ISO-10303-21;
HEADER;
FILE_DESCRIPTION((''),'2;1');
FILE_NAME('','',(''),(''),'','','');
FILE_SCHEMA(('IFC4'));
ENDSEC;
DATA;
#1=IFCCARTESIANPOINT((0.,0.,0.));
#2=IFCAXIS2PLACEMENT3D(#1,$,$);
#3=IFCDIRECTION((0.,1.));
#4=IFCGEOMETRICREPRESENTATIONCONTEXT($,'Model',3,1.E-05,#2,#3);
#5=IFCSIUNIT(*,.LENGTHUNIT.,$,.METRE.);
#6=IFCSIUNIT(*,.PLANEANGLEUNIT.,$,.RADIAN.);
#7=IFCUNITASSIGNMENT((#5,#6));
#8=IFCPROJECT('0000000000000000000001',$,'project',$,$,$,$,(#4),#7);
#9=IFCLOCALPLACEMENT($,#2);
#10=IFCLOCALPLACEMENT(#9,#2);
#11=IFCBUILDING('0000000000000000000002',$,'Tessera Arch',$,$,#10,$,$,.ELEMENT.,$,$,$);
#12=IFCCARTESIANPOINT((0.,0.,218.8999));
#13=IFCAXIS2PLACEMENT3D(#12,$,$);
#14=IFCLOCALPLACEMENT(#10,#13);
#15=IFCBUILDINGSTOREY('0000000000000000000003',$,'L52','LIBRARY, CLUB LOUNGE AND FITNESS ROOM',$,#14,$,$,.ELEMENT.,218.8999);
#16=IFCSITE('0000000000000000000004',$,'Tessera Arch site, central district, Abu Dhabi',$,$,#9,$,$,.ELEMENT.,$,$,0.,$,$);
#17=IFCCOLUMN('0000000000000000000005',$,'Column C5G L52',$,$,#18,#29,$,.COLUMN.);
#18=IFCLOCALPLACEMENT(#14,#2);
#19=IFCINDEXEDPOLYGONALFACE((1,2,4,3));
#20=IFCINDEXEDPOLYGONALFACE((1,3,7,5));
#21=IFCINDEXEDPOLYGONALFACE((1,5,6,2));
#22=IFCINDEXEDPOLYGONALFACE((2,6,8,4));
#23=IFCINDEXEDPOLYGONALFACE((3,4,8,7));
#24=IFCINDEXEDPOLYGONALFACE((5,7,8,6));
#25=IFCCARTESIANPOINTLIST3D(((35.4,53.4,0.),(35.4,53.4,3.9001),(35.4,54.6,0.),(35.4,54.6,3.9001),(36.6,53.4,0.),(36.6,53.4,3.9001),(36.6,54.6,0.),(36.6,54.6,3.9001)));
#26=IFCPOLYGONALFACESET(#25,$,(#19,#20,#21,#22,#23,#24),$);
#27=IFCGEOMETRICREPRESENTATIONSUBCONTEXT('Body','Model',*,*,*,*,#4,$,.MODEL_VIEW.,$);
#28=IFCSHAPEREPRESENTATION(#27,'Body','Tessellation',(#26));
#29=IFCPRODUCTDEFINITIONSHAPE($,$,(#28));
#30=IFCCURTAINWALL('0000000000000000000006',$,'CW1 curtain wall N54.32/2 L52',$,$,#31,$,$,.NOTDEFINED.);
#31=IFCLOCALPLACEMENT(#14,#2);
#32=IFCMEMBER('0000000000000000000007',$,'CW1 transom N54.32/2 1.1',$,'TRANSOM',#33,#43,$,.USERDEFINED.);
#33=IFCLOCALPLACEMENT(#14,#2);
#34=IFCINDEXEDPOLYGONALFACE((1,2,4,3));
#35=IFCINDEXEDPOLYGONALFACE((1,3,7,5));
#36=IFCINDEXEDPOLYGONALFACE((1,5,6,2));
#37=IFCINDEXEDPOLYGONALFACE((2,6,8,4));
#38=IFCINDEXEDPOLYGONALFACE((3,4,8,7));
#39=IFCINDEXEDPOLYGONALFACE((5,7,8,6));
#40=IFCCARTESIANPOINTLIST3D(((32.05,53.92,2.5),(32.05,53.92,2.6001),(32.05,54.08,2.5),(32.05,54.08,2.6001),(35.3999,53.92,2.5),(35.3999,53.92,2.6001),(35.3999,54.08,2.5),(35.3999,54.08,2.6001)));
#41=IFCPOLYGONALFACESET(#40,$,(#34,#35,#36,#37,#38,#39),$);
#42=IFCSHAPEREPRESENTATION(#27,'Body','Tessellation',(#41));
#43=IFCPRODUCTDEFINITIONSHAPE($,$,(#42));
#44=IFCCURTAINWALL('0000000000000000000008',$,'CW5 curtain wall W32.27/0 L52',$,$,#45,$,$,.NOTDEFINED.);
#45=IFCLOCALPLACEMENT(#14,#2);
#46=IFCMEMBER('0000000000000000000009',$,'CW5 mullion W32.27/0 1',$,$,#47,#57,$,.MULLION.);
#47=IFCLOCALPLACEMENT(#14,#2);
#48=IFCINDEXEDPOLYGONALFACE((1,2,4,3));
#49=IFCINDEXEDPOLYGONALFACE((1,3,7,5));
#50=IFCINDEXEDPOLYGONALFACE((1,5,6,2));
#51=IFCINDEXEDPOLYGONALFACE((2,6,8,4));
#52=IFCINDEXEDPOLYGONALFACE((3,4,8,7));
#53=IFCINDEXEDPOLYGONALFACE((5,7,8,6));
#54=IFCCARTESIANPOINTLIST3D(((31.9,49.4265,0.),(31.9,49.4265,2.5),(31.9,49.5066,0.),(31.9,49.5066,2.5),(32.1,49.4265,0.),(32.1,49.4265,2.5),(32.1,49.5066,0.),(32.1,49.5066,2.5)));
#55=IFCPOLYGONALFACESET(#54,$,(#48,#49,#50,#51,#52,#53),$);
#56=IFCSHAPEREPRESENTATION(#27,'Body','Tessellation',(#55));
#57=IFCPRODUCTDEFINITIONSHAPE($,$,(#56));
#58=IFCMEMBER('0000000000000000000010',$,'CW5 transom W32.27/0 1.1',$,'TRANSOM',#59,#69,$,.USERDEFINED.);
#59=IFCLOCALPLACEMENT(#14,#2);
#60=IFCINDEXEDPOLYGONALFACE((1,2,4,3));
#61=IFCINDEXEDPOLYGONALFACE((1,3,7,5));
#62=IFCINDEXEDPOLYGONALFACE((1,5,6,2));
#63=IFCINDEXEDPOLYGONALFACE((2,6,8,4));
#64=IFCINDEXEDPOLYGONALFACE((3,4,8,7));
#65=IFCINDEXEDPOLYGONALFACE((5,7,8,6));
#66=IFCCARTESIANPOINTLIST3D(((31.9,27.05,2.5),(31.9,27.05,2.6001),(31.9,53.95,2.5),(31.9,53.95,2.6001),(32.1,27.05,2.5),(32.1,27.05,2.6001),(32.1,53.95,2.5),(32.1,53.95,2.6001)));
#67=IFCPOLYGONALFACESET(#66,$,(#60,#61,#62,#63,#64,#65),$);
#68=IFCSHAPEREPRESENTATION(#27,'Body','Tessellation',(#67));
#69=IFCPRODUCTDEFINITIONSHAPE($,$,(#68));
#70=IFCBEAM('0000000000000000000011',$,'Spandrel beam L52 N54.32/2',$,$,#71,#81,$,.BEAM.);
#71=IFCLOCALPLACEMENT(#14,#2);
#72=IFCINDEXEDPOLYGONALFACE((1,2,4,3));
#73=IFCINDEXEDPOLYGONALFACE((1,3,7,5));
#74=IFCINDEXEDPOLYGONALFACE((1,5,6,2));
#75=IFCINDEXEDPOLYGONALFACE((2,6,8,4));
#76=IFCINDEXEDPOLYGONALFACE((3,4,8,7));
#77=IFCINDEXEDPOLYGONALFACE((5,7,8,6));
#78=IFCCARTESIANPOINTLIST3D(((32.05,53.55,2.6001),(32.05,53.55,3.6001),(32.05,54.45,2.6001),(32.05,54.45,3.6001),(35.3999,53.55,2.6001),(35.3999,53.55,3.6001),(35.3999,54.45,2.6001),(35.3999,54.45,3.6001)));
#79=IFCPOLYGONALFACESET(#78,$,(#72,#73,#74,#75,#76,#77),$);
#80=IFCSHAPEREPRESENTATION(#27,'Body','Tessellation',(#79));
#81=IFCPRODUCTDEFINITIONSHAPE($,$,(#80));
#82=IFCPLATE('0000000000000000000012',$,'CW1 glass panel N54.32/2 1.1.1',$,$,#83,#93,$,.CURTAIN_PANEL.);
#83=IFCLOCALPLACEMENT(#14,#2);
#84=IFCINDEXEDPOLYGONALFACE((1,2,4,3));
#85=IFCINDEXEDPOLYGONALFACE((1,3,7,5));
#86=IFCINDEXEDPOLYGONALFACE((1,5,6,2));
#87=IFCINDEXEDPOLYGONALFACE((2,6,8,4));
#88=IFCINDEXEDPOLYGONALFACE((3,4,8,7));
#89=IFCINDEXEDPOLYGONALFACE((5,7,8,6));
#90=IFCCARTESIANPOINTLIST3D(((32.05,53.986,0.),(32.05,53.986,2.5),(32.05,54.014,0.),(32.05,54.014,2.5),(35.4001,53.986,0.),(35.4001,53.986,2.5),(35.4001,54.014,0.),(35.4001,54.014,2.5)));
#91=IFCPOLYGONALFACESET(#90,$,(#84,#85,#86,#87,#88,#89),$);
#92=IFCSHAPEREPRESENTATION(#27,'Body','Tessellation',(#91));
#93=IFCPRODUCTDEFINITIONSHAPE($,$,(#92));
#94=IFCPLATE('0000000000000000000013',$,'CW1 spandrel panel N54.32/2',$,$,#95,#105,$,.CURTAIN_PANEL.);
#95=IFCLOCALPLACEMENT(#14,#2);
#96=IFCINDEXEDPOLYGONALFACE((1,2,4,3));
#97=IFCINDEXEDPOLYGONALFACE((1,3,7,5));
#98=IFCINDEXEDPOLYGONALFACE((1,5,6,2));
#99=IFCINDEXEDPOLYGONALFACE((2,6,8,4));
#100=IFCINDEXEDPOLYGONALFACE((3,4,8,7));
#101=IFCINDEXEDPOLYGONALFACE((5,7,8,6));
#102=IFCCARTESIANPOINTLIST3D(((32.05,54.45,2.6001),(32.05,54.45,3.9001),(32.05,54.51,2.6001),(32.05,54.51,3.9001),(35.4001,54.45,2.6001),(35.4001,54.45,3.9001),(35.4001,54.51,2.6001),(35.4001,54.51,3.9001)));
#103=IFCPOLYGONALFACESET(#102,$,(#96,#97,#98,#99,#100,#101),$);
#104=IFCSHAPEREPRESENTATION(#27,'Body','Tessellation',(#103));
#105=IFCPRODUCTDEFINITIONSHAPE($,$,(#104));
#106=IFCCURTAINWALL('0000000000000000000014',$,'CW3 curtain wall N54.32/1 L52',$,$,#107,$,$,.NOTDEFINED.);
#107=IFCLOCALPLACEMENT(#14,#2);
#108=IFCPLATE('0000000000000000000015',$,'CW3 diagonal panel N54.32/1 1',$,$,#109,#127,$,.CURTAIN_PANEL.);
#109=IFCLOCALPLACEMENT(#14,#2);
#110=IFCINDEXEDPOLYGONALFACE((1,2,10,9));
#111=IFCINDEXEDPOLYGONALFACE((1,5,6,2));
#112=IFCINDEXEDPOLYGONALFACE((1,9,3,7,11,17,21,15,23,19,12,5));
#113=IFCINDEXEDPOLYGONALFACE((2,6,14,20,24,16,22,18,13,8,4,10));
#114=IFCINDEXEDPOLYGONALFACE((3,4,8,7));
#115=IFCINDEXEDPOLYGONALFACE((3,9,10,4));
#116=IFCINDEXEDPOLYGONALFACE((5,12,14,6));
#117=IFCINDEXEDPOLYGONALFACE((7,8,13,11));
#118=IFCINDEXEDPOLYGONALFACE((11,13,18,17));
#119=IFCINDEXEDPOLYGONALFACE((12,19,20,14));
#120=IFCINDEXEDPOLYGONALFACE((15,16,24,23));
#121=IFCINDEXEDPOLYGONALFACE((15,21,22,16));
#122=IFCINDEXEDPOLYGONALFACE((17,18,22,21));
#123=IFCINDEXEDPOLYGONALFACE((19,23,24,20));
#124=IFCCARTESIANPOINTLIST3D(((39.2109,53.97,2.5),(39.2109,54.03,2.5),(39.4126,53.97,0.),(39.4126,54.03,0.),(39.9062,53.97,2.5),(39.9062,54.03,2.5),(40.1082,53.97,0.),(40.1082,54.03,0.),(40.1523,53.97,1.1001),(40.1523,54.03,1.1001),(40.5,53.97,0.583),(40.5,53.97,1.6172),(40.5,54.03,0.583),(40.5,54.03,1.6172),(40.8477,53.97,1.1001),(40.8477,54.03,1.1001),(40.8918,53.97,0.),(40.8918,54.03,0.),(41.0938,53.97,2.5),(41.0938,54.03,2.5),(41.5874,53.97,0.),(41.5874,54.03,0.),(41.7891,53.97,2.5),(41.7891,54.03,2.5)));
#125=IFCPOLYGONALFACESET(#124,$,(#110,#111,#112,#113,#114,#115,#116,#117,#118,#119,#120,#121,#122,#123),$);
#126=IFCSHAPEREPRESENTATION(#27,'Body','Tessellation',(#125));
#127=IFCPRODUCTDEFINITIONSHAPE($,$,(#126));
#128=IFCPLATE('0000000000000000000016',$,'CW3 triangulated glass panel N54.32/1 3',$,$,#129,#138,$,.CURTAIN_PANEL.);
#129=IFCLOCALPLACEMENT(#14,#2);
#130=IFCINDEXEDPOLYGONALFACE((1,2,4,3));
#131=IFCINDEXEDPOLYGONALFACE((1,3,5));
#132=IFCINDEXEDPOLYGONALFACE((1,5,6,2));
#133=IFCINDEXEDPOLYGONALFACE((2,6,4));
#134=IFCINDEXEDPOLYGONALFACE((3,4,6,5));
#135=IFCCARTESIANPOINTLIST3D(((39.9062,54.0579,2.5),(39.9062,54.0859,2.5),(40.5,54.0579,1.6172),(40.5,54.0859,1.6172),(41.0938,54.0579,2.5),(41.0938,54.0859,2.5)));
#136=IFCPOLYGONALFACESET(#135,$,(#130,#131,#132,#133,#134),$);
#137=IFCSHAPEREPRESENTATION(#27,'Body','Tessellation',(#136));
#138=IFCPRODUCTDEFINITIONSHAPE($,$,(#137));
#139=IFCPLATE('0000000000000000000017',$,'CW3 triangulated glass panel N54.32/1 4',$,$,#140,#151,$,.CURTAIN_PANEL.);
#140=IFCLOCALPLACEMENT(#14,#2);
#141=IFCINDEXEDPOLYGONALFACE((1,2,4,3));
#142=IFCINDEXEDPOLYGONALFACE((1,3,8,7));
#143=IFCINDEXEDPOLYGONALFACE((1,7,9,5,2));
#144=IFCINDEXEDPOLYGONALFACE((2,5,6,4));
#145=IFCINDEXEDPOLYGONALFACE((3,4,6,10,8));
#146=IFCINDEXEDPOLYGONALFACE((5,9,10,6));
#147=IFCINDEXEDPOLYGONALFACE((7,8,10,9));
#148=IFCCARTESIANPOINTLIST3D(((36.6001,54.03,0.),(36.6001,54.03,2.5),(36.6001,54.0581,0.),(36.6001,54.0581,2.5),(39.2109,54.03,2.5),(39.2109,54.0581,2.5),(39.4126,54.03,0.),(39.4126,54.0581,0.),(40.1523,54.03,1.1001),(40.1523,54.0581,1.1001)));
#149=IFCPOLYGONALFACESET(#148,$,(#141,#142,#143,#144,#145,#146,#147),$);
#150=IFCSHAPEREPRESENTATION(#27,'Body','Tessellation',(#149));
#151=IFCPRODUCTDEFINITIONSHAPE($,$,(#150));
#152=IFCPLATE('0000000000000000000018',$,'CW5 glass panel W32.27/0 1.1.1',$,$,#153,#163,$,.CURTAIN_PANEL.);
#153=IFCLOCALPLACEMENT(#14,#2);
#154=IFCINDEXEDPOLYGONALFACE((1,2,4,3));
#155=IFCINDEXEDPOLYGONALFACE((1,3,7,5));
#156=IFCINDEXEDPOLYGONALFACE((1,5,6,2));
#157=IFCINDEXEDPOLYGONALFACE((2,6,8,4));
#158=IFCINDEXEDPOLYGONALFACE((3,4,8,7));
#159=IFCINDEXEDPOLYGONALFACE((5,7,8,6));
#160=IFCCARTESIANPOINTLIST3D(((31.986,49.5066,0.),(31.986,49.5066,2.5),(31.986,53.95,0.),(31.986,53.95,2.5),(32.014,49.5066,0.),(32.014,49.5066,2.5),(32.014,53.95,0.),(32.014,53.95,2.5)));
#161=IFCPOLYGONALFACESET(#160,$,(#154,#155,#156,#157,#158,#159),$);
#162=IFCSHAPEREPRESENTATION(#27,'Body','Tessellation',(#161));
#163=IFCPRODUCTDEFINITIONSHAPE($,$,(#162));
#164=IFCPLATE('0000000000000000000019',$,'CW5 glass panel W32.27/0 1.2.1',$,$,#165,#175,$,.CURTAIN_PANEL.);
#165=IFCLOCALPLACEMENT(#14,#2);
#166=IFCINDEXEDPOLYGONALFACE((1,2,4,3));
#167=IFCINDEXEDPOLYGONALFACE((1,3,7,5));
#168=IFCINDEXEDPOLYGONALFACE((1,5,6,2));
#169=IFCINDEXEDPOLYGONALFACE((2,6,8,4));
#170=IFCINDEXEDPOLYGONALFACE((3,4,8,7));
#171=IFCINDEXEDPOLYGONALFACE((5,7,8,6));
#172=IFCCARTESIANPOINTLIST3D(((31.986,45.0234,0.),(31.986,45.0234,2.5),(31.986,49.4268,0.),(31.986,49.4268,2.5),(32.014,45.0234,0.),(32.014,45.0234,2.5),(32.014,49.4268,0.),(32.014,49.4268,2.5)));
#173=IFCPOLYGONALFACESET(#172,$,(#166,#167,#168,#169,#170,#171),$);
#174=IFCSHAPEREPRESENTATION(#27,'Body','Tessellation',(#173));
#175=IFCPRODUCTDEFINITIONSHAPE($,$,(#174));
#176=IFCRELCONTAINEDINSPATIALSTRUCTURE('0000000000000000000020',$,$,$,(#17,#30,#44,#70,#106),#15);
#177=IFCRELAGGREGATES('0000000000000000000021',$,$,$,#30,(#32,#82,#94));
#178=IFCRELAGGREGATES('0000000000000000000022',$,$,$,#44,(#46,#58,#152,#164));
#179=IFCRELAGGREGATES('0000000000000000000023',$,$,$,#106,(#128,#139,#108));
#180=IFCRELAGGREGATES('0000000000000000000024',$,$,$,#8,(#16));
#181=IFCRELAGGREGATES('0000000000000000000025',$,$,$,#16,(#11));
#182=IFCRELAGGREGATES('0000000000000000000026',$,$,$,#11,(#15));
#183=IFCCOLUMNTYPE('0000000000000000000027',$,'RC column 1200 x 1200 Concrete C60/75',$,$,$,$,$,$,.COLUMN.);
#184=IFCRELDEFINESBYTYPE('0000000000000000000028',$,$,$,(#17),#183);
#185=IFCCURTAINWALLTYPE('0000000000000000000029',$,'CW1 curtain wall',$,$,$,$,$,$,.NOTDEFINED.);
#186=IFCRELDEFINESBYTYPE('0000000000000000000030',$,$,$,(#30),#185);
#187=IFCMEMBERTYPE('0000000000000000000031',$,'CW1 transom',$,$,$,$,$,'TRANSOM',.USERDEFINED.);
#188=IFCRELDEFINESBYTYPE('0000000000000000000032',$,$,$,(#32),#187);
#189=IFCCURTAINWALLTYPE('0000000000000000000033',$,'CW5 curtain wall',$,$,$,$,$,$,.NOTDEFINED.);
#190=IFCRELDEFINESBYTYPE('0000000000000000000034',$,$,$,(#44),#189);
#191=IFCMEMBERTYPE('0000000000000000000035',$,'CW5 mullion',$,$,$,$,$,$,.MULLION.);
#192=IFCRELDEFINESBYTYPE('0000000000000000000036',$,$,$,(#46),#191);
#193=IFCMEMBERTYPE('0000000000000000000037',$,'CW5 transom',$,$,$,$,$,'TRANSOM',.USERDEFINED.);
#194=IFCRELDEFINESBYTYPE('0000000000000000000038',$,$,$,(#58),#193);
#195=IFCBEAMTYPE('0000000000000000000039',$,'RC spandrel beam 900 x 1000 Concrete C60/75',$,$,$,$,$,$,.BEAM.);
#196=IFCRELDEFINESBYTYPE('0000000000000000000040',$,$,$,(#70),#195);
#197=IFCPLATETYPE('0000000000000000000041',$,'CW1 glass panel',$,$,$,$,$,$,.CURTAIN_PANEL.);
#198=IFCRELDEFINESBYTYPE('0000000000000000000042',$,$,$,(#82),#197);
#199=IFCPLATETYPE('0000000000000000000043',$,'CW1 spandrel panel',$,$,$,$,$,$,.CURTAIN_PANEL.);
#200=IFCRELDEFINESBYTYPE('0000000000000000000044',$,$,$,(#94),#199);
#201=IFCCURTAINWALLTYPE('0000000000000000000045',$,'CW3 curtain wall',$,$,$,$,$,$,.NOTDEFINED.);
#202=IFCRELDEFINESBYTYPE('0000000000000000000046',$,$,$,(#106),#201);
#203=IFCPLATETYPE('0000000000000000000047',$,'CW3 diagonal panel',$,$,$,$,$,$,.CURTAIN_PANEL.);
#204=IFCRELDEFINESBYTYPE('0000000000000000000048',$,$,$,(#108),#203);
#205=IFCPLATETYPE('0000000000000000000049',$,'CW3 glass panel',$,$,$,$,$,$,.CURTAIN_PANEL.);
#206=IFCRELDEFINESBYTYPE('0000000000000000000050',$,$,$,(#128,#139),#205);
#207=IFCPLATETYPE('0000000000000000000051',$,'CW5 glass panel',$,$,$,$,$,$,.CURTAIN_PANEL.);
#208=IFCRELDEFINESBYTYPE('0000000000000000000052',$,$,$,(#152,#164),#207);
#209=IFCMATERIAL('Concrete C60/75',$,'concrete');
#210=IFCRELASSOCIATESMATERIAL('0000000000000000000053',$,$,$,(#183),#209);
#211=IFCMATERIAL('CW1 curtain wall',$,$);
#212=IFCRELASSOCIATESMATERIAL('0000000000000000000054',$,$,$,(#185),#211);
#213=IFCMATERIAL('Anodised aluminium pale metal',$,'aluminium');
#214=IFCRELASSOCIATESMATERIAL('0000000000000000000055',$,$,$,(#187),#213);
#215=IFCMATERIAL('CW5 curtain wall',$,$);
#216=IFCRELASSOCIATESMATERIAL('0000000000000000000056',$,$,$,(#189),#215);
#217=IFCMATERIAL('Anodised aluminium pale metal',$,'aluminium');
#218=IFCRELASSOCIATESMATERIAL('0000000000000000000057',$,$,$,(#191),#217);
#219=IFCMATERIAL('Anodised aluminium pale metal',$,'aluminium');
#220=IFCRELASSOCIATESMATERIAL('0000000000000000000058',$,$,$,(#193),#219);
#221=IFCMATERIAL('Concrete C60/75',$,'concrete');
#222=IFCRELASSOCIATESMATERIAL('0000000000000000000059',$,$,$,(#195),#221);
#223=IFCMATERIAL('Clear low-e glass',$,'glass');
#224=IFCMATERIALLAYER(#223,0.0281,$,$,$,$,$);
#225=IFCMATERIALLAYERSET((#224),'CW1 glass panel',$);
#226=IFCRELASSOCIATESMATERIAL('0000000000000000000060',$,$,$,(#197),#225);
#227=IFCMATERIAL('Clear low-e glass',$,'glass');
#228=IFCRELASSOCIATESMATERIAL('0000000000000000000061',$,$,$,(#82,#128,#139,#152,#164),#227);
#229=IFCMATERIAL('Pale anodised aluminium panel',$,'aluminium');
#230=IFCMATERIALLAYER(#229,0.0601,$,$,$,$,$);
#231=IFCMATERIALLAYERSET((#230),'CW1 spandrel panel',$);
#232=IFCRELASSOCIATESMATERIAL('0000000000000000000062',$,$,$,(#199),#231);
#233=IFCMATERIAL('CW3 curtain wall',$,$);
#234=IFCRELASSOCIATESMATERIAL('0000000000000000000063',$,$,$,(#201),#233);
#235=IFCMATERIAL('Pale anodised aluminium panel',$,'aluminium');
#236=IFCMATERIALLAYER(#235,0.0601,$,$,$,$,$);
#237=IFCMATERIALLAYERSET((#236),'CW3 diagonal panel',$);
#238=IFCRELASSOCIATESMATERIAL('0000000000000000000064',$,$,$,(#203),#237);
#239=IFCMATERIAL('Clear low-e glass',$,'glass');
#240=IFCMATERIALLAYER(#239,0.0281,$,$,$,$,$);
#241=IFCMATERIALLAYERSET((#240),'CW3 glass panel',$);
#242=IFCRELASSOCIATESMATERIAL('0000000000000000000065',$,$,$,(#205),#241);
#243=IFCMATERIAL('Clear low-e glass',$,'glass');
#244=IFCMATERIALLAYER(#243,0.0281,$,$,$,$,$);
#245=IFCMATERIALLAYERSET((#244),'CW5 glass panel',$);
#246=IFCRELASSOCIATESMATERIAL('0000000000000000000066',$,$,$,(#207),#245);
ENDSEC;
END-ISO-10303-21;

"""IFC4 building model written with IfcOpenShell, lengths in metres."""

from ifc_helpers import new_model, si_unit, direction, frame, origin, origin_2d, place, context, subcontext, project, spatial, polyline, rectangle, outline, extrude, material, layer, layer_set, material_profile, profile_set, type_object, element, aggregate, save


model = new_model("IFC4")

# Units and contexts
model_context = context("Model", 3, precision=1e-05, world=origin(), true_north=direction((0.0, 1.0)))
body_context = subcontext(model_context, "Body", "Model", "MODEL_VIEW")
ifc_project = project(units=[si_unit("LENGTHUNIT", "METRE"), si_unit("PLANEANGLEUNIT", "RADIAN")], contexts=[model_context])

# Site, building, storey
site_placement = place(None, origin())
site = spatial("IfcSite", under=ifc_project, at=site_placement, Name="Tessera Arch site, central district, Abu Dhabi", CompositionType="ELEMENT", RefElevation=0.0)
building_placement = place(site_placement, origin())
building = spatial("IfcBuilding", under=site, at=building_placement, Name="Tessera Arch", CompositionType="ELEMENT")
storey_placement = place(building_placement, frame((0.0, 0.0, 218.8999)))
storey = spatial("IfcBuildingStorey", under=building, at=storey_placement, Name="L52", Description="LIBRARY, CLUB LOUNGE AND FITNESS ROOM", CompositionType="ELEMENT", Elevation=218.8999)

# Column
ifc_material_1 = material(Name="Concrete C60/75", Category="concrete")
ifc_material_profile_1 = material_profile(ifc_material_1, rectangle(XDim=1.2, YDim=1.2, at=origin_2d()), Name="RC column 1200 x 1200 Concrete C60/75")
ifc_profile_set_1 = profile_set([ifc_material_profile_1], Name="Concrete C60/75")
column_type = type_object("IfcColumnType", Name="RC column 1200 x 1200 Concrete C60/75", PredefinedType="COLUMN", material=ifc_profile_set_1)
column_placement = place(storey_placement, frame((36.0, 54.0, 0.0), z_axis=(0.0, 0.0, 1.0), x_axis=(1.0, 0.0, 0.0)))
element("IfcColumn", 1, at=column_placement, inside=storey, type_object=column_type, Name="Column C5G L52", PredefinedType="COLUMN", context=body_context, shape_type="SweptSolid", body=[
    extrude(rectangle(XDim=1.2, YDim=1.2, at=origin_2d()), origin(), (0.0, 0.0, 1.0), 3.9001),
])

# Curtain wall, member
ifc_material_2 = material(Name="CW1 curtain wall")
curtain_wall_type_1 = type_object("IfcCurtainWallType", Name="CW1 curtain wall", PredefinedType="NOTDEFINED", material=ifc_material_2)
curtain_wall_1_placement = place(storey_placement, origin())
curtain_wall_1 = element("IfcCurtainWall", 2, at=curtain_wall_1_placement, inside=storey, type_object=curtain_wall_type_1, Name="CW1 curtain wall N54.32/2 L52", PredefinedType="NOTDEFINED")
ifc_material_3 = material(Name="Anodised aluminium pale metal", Category="aluminium")
ifc_material_profile_2 = material_profile(ifc_material_3, rectangle(XDim=0.1599, YDim=0.1001, at=origin_2d()), Name="AL 160x100")
ifc_profile_set_2 = profile_set([ifc_material_profile_2], Name="Anodised aluminium pale metal")
member_type_1 = type_object("IfcMemberType", Name="CW1 transom", ElementType="TRANSOM", PredefinedType="USERDEFINED", material=ifc_profile_set_2)
member_1_placement = place(storey_placement, frame((35.3999, 54.0, 2.55), z_axis=(-1.0, 0.0, 0.0), x_axis=(0.0, -1.0, 0.0)))
member_1 = element("IfcMember", 3, at=member_1_placement, type_object=member_type_1, Name="CW1 transom N54.32/2 1.1", ObjectType="TRANSOM", PredefinedType="USERDEFINED", context=body_context, shape_type="SweptSolid", body=[
    extrude(rectangle(XDim=0.1599, YDim=0.1001, at=origin_2d()), origin(), (0.0, 0.0, 1.0), 3.3499),
])

# Curtain wall, members
ifc_material_4 = material(Name="CW5 curtain wall")
curtain_wall_type_2 = type_object("IfcCurtainWallType", Name="CW5 curtain wall", PredefinedType="NOTDEFINED", material=ifc_material_4)
curtain_wall_2_placement = place(storey_placement, origin())
curtain_wall_2 = element("IfcCurtainWall", 4, at=curtain_wall_2_placement, inside=storey, type_object=curtain_wall_type_2, Name="CW5 curtain wall W32.27/0 L52", PredefinedType="NOTDEFINED")
ifc_material_5 = material(Name="Anodised aluminium pale metal", Category="aluminium")
ifc_material_profile_3 = material_profile(ifc_material_5, rectangle(XDim=0.2, YDim=0.0801, at=origin_2d()), Name="AL 80x200")
ifc_profile_set_3 = profile_set([ifc_material_profile_3], Name="Anodised aluminium pale metal")
member_type_2 = type_object("IfcMemberType", Name="CW5 mullion", PredefinedType="MULLION", material=ifc_profile_set_3)
member_2_placement = place(storey_placement, frame((32.0, 49.4666, 0.0), z_axis=(0.0, 0.0, 1.0), x_axis=(1.0, 0.0, 0.0)))
member_2 = element("IfcMember", 5, at=member_2_placement, type_object=member_type_2, Name="CW5 mullion W32.27/0 1", PredefinedType="MULLION", context=body_context, shape_type="SweptSolid", body=[
    extrude(rectangle(XDim=0.2, YDim=0.0801, at=origin_2d()), origin(), (0.0, 0.0, 1.0), 2.5),
])
ifc_material_6 = material(Name="Anodised aluminium pale metal", Category="aluminium")
ifc_material_profile_4 = material_profile(ifc_material_6, rectangle(XDim=0.2, YDim=0.1001, at=origin_2d()), Name="AL 200x100")
ifc_profile_set_4 = profile_set([ifc_material_profile_4], Name="Anodised aluminium pale metal")
member_type_3 = type_object("IfcMemberType", Name="CW5 transom", ElementType="TRANSOM", PredefinedType="USERDEFINED", material=ifc_profile_set_4)
member_3_placement = place(storey_placement, frame((32.0, 53.95, 2.55), z_axis=(0.0, -1.0, 0.0), x_axis=(1.0, 0.0, 0.0)))
member_3 = element("IfcMember", 6, at=member_3_placement, type_object=member_type_3, Name="CW5 transom W32.27/0 1.1", ObjectType="TRANSOM", PredefinedType="USERDEFINED", context=body_context, shape_type="SweptSolid", body=[
    extrude(rectangle(XDim=0.2, YDim=0.1001, at=origin_2d()), origin(), (0.0, 0.0, 1.0), 26.8999),
])

# Beam
ifc_material_7 = material(Name="Concrete C60/75", Category="concrete")
ifc_material_profile_5 = material_profile(ifc_material_7, rectangle(XDim=0.8999, YDim=1.0, at=origin_2d()), Name="RC spandrel beam 900 x 1000 Concrete C60/75")
ifc_profile_set_5 = profile_set([ifc_material_profile_5], Name="Concrete C60/75")
beam_type = type_object("IfcBeamType", Name="RC spandrel beam 900 x 1000 Concrete C60/75", PredefinedType="BEAM", material=ifc_profile_set_5)
beam_placement = place(storey_placement, frame((35.3999, 54.0, 3.1001), z_axis=(-1.0, 0.0, 0.0), x_axis=(0.0, -1.0, 0.0)))
element("IfcBeam", 7, at=beam_placement, inside=storey, type_object=beam_type, Name="Spandrel beam L52 N54.32/2", PredefinedType="BEAM", context=body_context, shape_type="SweptSolid", body=[
    extrude(rectangle(XDim=0.8999, YDim=1.0, at=origin_2d()), origin(), (0.0, 0.0, 1.0), 3.3499),
])

# Plates
ifc_material_8 = material(Name="Clear low-e glass", Category="glass")
ifc_material_9 = material(Name="Clear low-e glass", Category="glass")
ifc_layer_1 = layer(ifc_material_9, 0.0281)
ifc_layer_set_1 = layer_set([ifc_layer_1], Name="CW1 glass panel")
plate_type_1 = type_object("IfcPlateType", Name="CW1 glass panel", PredefinedType="CURTAIN_PANEL", material=ifc_layer_set_1)
plate_1_placement = place(storey_placement, frame((33.7251, 54.0, 0.0), z_axis=(0.0, 0.0, 1.0), x_axis=(-1.0, 0.0, 0.0)))
plate_1 = element("IfcPlate", 8, at=plate_1_placement, type_object=plate_type_1, material=ifc_material_8, Name="CW1 glass panel N54.32/2 1.1.1", PredefinedType="CURTAIN_PANEL", context=body_context, shape_type="SweptSolid", body=[
    extrude(rectangle(XDim=3.3501, YDim=0.0281, at=origin_2d()), origin(), (0.0, 0.0, 1.0), 2.5),
])
ifc_material_10 = material(Name="Pale anodised aluminium panel", Category="aluminium")
ifc_layer_2 = layer(ifc_material_10, 0.0601)
ifc_layer_set_2 = layer_set([ifc_layer_2], Name="CW1 spandrel panel")
plate_type_2 = type_object("IfcPlateType", Name="CW1 spandrel panel", PredefinedType="CURTAIN_PANEL", material=ifc_layer_set_2)
plate_2_placement = place(storey_placement, frame((33.7251, 54.48, 2.6001), z_axis=(0.0, 0.0, 1.0), x_axis=(-1.0, 0.0, 0.0)))
plate_2 = element("IfcPlate", 9, at=plate_2_placement, type_object=plate_type_2, Name="CW1 spandrel panel N54.32/2", PredefinedType="CURTAIN_PANEL", context=body_context, shape_type="SweptSolid", body=[
    extrude(rectangle(XDim=3.3501, YDim=0.0601, at=origin_2d()), origin(), (0.0, 0.0, 1.0), 1.3),
])
aggregate(curtain_wall_1, [member_1, plate_1, plate_2])

# Curtain wall, plates
ifc_material_11 = material(Name="CW3 curtain wall")
curtain_wall_type_3 = type_object("IfcCurtainWallType", Name="CW3 curtain wall", PredefinedType="NOTDEFINED", material=ifc_material_11)
curtain_wall_3_placement = place(storey_placement, origin())
curtain_wall_3 = element("IfcCurtainWall", 10, at=curtain_wall_3_placement, inside=storey, type_object=curtain_wall_type_3, Name="CW3 curtain wall N54.32/1 L52", PredefinedType="NOTDEFINED")
ifc_material_12 = material(Name="Pale anodised aluminium panel", Category="aluminium")
ifc_layer_3 = layer(ifc_material_12, 0.0601)
ifc_layer_set_3 = layer_set([ifc_layer_3], Name="CW3 diagonal panel")
plate_type_3 = type_object("IfcPlateType", Name="CW3 diagonal panel", PredefinedType="CURTAIN_PANEL", material=ifc_layer_set_3)
plate_3_placement = place(storey_placement, frame((39.2109, 54.03, 2.5), z_axis=(0.0, 1.0, 0.0), x_axis=(1.0, 0.0, 0.0)))
plate_3 = element("IfcPlate", 11, at=plate_3_placement, type_object=plate_type_3, Name="CW3 diagonal panel N54.32/1 1", PredefinedType="CURTAIN_PANEL", context=body_context, shape_type="SweptSolid", body=[
    extrude(outline(polyline([(0.0, 0.0), (0.6953, 0.0), (1.2891, 0.8828), (1.8828, 0.0), (2.5781, 0.0), (1.6367, 1.3999), (2.3765, 2.5), (1.6809, 2.5), (1.2891, 1.917), (0.8972, 2.5), (0.2017, 2.5), (0.9414, 1.3999), (0.0, 0.0)])), origin(), (0.0, 0.0, -1.0), 0.0601),
])
ifc_material_13 = material(Name="Clear low-e glass", Category="glass")
ifc_layer_4 = layer(ifc_material_13, 0.0281)
ifc_layer_set_4 = layer_set([ifc_layer_4], Name="CW3 glass panel")
plate_type_4 = type_object("IfcPlateType", Name="CW3 glass panel", PredefinedType="CURTAIN_PANEL", material=ifc_layer_set_4)
plate_4_placement = place(storey_placement, frame((39.9062, 54.0859, 2.5), z_axis=(0.0, 1.0, 0.0), x_axis=(1.0, 0.0, 0.0)))
plate_4 = element("IfcPlate", 12, at=plate_4_placement, type_object=plate_type_4, material=ifc_material_8, Name="CW3 triangulated glass panel N54.32/1 3", PredefinedType="CURTAIN_PANEL", context=body_context, shape_type="SweptSolid", body=[
    extrude(outline(polyline([(0.0, 0.0), (1.1875, 0.0), (0.5938, 0.8828), (0.0, 0.0)])), origin(), (0.0, 0.0, -1.0), 0.0281),
])
plate_5_placement = place(storey_placement, frame((36.6001, 54.0581, 2.5), z_axis=(0.0, 1.0, 0.0), x_axis=(1.0, 0.0, 0.0)))
plate_5 = element("IfcPlate", 13, at=plate_5_placement, type_object=plate_type_4, material=ifc_material_8, Name="CW3 triangulated glass panel N54.32/1 4", PredefinedType="CURTAIN_PANEL", context=body_context, shape_type="SweptSolid", body=[
    extrude(outline(polyline([(0.0, 0.0), (2.6108, 0.0), (3.5522, 1.3999), (2.8125, 2.5), (0.0, 2.5), (0.0, 0.0)])), origin(), (0.0, 0.0, -1.0), 0.0281),
])

# Plates
ifc_material_14 = material(Name="Clear low-e glass", Category="glass")
ifc_layer_5 = layer(ifc_material_14, 0.0281)
ifc_layer_set_5 = layer_set([ifc_layer_5], Name="CW5 glass panel")
plate_type_5 = type_object("IfcPlateType", Name="CW5 glass panel", PredefinedType="CURTAIN_PANEL", material=ifc_layer_set_5)
plate_6_placement = place(storey_placement, frame((32.0, 51.7283, 0.0), z_axis=(0.0, 0.0, 1.0), x_axis=(0.0, -1.0, 0.0)))
plate_6 = element("IfcPlate", 14, at=plate_6_placement, type_object=plate_type_5, material=ifc_material_8, Name="CW5 glass panel W32.27/0 1.1.1", PredefinedType="CURTAIN_PANEL", context=body_context, shape_type="SweptSolid", body=[
    extrude(rectangle(XDim=4.4434, YDim=0.0281, at=origin_2d()), origin(), (0.0, 0.0, 1.0), 2.5),
])
plate_7_placement = place(storey_placement, frame((32.0, 47.2251, 0.0), z_axis=(0.0, 0.0, 1.0), x_axis=(0.0, -1.0, 0.0)))
plate_7 = element("IfcPlate", 15, at=plate_7_placement, type_object=plate_type_5, material=ifc_material_8, Name="CW5 glass panel W32.27/0 1.2.1", PredefinedType="CURTAIN_PANEL", context=body_context, shape_type="SweptSolid", body=[
    extrude(rectangle(XDim=4.4033, YDim=0.0281, at=origin_2d()), origin(), (0.0, 0.0, 1.0), 2.5),
])
aggregate(curtain_wall_2, [member_2, member_3, plate_6, plate_7])

aggregate(curtain_wall_3, [plate_4, plate_5, plate_3])

save(model, "model.ifc")
